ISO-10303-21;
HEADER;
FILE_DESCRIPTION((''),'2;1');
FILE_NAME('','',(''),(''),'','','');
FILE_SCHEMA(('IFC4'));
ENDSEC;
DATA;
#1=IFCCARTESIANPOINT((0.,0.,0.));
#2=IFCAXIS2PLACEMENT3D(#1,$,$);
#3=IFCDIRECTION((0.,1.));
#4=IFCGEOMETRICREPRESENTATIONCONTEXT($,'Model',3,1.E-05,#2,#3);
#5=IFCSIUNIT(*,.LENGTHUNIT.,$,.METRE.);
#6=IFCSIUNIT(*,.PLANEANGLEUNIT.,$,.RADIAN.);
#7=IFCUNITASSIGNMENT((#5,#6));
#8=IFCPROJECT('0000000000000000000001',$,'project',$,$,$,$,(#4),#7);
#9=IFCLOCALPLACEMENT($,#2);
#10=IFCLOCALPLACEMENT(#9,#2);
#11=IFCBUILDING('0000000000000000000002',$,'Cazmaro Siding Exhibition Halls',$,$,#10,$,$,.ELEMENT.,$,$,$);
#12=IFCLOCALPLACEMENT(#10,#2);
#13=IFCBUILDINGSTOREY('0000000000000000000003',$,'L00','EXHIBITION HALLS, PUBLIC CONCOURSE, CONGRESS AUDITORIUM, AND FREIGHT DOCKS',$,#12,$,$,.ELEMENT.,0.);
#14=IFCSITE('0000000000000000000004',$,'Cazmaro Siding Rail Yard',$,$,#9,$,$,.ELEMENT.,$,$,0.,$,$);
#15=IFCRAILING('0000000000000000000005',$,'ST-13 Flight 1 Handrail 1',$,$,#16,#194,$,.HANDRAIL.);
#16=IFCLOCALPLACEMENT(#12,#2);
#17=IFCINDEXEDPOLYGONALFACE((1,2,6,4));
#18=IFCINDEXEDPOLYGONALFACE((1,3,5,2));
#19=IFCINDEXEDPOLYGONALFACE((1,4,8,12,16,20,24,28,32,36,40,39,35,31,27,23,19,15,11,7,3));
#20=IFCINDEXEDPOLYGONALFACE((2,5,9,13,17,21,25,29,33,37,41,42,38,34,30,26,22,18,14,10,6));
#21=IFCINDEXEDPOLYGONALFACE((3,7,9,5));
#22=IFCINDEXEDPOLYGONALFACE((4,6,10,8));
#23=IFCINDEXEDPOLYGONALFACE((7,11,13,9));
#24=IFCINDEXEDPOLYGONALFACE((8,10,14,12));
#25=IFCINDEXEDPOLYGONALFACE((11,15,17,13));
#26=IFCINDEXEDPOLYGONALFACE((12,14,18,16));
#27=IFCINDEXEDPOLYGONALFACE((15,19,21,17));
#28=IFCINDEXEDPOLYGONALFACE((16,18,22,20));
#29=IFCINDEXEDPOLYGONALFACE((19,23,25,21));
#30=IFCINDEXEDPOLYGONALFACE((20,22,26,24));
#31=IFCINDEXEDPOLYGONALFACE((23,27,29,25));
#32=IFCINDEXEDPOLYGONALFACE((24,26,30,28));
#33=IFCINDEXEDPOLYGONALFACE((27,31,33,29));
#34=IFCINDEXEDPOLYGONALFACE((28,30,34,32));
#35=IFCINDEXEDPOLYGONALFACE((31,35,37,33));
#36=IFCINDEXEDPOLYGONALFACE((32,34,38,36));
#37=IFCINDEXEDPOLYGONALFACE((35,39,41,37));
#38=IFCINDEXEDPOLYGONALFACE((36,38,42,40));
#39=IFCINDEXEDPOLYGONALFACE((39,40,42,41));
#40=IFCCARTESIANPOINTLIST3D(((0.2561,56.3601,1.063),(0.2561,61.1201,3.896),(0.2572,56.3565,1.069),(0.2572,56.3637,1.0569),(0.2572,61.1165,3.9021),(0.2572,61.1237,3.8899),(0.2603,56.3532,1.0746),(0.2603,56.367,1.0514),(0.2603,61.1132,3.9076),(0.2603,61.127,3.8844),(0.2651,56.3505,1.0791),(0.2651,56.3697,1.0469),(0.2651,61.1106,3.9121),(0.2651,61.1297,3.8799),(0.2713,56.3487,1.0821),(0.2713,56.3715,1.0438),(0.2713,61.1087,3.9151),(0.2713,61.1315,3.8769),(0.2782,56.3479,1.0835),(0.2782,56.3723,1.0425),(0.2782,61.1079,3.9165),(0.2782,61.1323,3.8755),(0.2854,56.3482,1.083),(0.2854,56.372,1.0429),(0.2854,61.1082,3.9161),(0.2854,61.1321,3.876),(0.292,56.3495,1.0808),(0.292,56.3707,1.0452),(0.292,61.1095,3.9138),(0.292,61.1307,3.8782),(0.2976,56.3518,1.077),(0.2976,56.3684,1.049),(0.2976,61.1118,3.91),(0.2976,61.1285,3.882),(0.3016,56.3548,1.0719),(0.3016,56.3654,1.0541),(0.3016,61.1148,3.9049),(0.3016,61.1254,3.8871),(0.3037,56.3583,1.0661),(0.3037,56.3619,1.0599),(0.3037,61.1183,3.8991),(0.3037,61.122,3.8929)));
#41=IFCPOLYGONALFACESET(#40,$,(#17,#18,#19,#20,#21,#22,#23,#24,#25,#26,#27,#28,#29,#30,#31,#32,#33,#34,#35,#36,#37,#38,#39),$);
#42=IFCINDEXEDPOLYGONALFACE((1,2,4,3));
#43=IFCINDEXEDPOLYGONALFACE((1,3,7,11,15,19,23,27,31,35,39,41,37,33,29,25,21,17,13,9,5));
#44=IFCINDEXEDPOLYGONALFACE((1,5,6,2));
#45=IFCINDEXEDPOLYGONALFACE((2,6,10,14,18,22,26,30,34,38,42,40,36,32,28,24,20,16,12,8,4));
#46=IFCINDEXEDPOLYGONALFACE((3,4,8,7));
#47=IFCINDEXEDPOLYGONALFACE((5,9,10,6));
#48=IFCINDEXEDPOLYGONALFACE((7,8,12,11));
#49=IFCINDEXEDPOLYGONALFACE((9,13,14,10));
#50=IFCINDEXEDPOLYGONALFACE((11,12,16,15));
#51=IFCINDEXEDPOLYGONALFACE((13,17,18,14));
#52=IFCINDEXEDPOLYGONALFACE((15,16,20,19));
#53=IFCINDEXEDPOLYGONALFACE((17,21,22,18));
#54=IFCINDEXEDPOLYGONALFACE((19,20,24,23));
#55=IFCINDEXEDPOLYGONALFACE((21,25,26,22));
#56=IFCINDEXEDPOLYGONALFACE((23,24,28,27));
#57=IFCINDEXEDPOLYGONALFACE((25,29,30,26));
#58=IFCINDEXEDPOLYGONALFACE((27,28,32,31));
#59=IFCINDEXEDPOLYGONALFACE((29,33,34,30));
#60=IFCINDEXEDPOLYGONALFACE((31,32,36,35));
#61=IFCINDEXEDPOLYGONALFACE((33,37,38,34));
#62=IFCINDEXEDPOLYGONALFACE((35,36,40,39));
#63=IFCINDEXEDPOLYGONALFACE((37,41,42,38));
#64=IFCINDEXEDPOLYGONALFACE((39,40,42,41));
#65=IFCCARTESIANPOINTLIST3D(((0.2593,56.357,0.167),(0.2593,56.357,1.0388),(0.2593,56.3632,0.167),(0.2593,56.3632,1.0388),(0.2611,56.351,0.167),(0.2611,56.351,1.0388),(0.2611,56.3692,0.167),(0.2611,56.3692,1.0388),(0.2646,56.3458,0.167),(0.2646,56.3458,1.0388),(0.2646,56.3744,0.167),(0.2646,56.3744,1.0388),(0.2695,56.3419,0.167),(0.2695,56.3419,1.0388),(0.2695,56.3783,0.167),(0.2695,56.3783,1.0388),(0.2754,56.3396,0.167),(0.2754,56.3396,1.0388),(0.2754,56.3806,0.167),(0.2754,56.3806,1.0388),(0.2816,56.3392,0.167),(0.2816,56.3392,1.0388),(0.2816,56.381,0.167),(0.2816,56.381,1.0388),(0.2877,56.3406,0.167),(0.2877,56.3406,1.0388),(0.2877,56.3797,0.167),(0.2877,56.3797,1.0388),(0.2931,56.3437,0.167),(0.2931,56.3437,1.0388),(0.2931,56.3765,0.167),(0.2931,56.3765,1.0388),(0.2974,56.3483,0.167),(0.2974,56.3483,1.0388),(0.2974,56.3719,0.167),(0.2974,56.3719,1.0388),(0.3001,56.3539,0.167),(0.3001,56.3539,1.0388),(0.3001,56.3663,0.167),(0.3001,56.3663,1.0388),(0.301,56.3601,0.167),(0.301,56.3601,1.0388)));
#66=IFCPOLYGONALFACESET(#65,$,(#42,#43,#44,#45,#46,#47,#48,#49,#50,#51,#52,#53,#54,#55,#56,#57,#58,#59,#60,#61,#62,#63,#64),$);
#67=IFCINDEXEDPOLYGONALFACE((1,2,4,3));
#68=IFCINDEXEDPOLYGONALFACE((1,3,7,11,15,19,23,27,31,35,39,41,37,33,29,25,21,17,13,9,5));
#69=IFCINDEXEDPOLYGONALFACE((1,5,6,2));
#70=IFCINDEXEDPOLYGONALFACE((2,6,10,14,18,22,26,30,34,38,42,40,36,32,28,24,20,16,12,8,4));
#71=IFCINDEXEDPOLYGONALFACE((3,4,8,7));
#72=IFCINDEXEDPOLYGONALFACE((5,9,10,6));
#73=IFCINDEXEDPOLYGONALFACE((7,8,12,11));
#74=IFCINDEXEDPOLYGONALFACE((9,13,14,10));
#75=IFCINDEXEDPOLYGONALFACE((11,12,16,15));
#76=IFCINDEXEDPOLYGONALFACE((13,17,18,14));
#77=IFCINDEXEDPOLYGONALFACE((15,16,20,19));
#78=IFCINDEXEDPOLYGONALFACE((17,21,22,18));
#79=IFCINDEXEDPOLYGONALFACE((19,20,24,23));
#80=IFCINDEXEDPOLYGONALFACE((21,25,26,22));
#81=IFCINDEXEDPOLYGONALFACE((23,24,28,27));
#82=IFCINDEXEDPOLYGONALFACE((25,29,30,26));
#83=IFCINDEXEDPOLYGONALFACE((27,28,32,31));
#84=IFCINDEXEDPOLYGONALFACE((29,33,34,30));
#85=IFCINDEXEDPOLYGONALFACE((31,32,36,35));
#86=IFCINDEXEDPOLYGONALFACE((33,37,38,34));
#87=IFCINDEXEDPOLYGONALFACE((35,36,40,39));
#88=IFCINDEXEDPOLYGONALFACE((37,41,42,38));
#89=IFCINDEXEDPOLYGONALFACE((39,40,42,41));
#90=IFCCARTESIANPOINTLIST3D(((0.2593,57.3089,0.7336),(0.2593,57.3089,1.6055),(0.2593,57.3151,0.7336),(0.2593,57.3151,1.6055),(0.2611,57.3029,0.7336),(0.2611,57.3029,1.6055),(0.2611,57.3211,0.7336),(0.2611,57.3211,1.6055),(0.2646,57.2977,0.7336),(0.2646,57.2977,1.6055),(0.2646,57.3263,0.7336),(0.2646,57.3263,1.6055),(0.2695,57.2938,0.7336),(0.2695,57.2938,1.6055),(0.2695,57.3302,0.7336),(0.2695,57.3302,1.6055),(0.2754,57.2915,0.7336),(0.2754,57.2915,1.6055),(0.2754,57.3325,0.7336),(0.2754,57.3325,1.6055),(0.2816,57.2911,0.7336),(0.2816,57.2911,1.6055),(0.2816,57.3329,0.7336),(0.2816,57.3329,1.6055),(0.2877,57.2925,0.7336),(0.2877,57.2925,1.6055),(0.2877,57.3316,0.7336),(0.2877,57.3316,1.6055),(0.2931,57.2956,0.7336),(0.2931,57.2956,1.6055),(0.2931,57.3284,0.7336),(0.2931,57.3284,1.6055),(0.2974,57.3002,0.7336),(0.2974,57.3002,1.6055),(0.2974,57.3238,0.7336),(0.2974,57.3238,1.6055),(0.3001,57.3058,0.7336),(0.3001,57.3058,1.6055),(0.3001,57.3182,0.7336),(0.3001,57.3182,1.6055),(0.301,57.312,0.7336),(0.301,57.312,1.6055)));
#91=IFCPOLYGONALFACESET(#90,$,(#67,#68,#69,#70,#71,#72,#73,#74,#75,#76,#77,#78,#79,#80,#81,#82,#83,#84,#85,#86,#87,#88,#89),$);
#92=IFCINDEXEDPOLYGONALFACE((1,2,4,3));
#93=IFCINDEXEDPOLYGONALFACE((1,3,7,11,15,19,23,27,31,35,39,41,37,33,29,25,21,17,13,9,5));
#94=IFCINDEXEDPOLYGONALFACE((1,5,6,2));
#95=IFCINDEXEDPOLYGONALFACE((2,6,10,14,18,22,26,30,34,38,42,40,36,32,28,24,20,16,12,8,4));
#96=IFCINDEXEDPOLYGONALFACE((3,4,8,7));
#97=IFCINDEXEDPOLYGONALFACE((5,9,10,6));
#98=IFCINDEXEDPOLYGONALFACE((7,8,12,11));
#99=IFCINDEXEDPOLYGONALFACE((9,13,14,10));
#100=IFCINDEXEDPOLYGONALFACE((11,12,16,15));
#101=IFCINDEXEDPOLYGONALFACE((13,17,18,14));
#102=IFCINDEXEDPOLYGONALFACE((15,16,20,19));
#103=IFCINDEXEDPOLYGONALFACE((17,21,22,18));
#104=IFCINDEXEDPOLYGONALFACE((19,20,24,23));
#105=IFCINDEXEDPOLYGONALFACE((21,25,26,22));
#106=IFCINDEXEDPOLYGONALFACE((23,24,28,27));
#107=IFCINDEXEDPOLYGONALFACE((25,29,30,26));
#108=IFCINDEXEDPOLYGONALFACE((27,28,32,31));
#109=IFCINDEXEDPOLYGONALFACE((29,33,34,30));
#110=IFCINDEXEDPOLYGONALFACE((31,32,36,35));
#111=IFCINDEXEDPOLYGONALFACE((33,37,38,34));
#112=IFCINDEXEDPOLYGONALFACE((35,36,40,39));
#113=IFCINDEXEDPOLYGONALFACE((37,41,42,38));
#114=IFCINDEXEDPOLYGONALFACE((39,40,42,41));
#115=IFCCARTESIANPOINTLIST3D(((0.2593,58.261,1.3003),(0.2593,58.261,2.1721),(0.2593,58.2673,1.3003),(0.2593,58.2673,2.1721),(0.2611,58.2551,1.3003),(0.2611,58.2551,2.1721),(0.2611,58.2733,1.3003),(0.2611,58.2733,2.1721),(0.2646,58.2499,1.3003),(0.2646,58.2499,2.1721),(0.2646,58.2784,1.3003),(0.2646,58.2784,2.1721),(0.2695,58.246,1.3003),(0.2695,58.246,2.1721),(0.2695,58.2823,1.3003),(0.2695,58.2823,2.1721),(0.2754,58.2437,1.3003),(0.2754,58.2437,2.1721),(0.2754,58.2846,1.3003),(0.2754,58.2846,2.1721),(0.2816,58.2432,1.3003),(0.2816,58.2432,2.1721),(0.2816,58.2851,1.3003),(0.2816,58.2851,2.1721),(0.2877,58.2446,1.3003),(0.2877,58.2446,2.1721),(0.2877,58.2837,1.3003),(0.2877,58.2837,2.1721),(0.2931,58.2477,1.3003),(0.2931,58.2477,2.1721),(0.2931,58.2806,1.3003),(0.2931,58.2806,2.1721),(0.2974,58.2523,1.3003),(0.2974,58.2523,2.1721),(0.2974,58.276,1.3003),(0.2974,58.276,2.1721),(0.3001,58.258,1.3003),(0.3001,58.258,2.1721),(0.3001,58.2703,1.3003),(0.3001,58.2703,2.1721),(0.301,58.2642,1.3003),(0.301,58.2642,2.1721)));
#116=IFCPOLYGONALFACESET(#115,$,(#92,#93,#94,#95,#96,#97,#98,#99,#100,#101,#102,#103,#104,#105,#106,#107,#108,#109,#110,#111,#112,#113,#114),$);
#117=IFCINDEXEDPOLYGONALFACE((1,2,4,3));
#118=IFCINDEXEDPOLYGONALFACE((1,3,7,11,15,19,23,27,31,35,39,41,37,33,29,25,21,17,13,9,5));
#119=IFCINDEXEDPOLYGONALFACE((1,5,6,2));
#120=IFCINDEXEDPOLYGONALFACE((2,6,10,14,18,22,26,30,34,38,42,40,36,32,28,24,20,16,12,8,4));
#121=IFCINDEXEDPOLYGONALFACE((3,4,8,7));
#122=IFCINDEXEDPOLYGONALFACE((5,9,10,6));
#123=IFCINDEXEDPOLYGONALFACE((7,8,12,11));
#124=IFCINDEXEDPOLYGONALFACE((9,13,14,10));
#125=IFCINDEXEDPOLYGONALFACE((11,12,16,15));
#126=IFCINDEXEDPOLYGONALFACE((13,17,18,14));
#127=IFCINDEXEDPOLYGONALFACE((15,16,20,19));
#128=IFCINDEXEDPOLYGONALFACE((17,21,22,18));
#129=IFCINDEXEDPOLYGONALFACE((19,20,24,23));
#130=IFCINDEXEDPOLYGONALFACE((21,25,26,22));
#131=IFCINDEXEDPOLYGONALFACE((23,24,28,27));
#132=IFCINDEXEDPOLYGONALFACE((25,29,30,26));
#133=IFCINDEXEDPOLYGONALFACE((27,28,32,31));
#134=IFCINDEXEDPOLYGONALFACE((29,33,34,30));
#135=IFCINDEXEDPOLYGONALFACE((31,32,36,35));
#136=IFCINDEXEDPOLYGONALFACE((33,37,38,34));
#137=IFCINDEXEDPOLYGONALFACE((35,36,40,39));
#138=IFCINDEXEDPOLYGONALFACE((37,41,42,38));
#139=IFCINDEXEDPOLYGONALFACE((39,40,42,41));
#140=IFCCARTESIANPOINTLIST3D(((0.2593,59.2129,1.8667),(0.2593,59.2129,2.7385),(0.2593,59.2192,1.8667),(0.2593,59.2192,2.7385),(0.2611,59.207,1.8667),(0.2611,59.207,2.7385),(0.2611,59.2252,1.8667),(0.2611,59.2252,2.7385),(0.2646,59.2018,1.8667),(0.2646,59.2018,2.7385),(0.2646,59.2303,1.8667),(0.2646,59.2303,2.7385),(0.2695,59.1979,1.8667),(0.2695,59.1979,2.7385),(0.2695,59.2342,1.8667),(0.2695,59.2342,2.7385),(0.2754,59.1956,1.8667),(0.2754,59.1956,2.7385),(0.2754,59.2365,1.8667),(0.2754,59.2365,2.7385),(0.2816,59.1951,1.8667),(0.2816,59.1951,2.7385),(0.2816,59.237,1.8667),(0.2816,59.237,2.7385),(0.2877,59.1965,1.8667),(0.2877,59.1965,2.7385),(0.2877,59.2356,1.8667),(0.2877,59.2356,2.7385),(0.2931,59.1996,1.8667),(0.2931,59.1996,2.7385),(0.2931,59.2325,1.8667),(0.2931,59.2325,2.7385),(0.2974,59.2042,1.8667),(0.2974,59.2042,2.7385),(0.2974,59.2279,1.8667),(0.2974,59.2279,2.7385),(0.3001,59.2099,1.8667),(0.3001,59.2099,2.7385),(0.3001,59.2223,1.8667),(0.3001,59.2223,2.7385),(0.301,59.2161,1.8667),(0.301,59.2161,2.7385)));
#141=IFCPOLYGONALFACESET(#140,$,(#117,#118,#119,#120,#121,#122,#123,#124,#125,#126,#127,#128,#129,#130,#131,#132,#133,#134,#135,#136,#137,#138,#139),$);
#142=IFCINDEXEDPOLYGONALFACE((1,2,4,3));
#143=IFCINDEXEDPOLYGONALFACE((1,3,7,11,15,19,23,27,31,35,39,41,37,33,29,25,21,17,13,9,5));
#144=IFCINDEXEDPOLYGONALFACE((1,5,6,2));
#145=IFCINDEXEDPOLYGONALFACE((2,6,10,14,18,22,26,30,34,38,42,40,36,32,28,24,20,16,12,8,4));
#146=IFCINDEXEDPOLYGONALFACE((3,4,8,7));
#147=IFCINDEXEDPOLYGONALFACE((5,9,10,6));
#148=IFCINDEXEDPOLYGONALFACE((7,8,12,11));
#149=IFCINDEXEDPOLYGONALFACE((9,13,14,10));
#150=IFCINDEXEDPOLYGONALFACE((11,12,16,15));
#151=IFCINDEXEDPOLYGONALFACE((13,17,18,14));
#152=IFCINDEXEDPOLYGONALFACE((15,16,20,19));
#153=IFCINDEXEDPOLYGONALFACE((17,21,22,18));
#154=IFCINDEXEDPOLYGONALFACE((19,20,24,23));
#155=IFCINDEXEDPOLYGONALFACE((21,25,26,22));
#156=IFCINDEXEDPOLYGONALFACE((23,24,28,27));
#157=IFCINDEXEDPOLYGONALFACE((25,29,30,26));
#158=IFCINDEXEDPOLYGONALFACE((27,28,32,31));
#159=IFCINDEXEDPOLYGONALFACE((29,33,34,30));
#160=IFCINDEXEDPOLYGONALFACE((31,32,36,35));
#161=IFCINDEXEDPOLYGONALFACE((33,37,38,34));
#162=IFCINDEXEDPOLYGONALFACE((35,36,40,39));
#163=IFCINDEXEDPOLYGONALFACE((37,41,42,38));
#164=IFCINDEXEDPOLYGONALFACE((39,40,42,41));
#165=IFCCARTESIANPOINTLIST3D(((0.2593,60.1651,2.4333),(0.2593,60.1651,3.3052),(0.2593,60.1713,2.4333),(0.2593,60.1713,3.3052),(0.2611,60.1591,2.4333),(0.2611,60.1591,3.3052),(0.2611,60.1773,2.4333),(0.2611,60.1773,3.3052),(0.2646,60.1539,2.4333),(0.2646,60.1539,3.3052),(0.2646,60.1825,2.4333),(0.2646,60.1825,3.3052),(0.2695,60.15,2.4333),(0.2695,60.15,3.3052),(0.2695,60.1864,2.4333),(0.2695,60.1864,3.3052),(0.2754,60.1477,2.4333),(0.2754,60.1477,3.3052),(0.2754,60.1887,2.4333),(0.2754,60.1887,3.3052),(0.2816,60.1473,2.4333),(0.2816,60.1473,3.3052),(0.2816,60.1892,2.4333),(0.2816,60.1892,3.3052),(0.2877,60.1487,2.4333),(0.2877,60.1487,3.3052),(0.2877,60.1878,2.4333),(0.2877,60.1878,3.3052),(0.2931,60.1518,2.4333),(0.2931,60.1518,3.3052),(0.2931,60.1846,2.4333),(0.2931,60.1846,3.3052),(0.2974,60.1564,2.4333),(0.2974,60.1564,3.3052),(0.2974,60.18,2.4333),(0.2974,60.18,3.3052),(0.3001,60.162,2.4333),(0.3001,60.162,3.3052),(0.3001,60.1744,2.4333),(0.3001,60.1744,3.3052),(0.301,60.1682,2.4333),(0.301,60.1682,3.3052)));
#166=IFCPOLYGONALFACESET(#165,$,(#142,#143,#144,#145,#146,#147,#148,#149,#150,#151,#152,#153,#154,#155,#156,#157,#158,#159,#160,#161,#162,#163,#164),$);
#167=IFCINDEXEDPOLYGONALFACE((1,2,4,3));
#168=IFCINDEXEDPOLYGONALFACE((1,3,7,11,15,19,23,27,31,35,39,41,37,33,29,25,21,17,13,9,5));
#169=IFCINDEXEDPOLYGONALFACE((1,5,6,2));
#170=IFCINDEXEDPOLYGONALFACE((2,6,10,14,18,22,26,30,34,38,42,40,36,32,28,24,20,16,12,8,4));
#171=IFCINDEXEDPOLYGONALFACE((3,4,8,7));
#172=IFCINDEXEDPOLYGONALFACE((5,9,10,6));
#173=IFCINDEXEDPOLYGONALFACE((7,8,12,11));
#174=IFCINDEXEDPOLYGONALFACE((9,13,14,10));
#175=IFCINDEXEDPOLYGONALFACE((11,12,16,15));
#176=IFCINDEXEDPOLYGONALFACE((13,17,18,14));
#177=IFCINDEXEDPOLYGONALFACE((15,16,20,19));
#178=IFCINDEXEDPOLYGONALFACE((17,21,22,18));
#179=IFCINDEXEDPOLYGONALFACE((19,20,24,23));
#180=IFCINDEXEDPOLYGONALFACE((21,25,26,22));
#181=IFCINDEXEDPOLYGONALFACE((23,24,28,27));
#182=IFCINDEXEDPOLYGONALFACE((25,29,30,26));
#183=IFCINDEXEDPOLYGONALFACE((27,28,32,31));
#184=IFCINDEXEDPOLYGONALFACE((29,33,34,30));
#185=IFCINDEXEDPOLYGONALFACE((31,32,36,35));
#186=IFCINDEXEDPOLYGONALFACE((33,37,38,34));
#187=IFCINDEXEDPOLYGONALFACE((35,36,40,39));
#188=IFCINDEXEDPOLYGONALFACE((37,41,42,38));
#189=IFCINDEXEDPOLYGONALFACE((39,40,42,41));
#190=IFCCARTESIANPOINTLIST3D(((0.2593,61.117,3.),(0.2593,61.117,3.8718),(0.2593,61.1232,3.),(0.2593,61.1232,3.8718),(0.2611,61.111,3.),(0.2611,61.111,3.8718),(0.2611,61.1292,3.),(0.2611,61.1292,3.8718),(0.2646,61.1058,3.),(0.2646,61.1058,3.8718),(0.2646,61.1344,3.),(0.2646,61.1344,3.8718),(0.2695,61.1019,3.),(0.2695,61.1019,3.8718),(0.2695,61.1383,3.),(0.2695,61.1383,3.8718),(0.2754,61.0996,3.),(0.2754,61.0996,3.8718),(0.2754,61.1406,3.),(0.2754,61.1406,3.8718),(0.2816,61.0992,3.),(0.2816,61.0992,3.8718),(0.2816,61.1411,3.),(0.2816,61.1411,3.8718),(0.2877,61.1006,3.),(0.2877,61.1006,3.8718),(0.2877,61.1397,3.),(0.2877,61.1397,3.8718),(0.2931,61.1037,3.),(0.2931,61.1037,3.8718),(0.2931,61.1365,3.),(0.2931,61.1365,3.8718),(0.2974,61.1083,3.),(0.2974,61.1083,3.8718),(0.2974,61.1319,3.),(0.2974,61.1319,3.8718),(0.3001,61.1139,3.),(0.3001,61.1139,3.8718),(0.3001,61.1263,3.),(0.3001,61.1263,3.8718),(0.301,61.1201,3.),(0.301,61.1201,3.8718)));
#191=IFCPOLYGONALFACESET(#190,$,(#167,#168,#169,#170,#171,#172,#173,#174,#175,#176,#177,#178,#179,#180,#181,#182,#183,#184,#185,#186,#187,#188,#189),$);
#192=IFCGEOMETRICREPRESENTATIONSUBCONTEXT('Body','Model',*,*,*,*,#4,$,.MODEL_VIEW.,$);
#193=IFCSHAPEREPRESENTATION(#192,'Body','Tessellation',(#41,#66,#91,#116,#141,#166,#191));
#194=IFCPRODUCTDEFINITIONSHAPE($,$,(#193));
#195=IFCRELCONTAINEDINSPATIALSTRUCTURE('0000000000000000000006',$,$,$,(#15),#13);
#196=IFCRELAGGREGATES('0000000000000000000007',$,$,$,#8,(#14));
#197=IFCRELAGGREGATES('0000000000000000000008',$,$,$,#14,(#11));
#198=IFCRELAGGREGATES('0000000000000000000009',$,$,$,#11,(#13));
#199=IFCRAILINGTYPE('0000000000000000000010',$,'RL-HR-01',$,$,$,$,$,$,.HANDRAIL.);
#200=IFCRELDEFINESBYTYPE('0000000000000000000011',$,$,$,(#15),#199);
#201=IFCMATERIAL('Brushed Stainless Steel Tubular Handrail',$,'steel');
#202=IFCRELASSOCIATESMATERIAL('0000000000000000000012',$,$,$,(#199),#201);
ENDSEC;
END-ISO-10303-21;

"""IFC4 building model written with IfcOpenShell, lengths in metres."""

from ifc_helpers import new_model, si_unit, direction, frame, origin, origin_2d, place, context, subcontext, project, spatial, circle, extrude, material, type_object, element, save


model = new_model("IFC4")

# Units and contexts
model_context = context("Model", 3, precision=1e-05, world=origin(), true_north=direction((0.0, 1.0)))
body_context = subcontext(model_context, "Body", "Model", "MODEL_VIEW")
ifc_project = project(units=[si_unit("LENGTHUNIT", "METRE"), si_unit("PLANEANGLEUNIT", "RADIAN")], contexts=[model_context])

# Site, building, storey
site_placement = place(None, origin())
site = spatial("IfcSite", under=ifc_project, at=site_placement, Name="Cazmaro Siding Rail Yard", CompositionType="ELEMENT", RefElevation=0.0)
building_placement = place(site_placement, origin())
building = spatial("IfcBuilding", under=site, at=building_placement, Name="Cazmaro Siding Exhibition Halls", CompositionType="ELEMENT")
storey_placement = place(building_placement, origin())
storey = spatial("IfcBuildingStorey", under=building, at=storey_placement, Name="L00", Description="EXHIBITION HALLS, PUBLIC CONCOURSE, CONGRESS AUDITORIUM, AND FREIGHT DOCKS", CompositionType="ELEMENT", Elevation=0.0)

# Railing
ifc_material_1 = material(Name="Brushed Stainless Steel Tubular Handrail", Category="steel")
railing_type_1 = type_object("IfcRailingType", Name="RL-HR-01", PredefinedType="HANDRAIL", material=ifc_material_1)
railing_1_placement = place(storey_placement, frame((0.28, 56.3601, 0.167)))
element("IfcRailing", 1, at=railing_1_placement, inside=storey, type_object=railing_type_1, Name="ST-13 Flight 1 Handrail 1", PredefinedType="HANDRAIL", context=body_context, shape_type="SweptSolid", body=[
    extrude(circle(Radius=0.0239, at=origin_2d()), frame((0.0, 0.0, 0.896), z_axis=(0.0, 0.859319, 0.51144), x_axis=(-1.0, 0.0, 0.0)), (0.0, 0.0, 1.0), 5.5393),
    extrude(circle(Radius=0.021, at=origin_2d()), origin(), (0.0, 0.0, 1.0), 0.8718),
    extrude(circle(Radius=0.021, at=origin_2d()), frame((0.0, 0.9519, 0.5667)), (0.0, 0.0, 1.0), 0.8718),
    extrude(circle(Radius=0.021, at=origin_2d()), frame((0.0, 1.9041, 1.1333)), (0.0, 0.0, 1.0), 0.8718),
    extrude(circle(Radius=0.021, at=origin_2d()), frame((0.0, 2.856, 1.6997)), (0.0, 0.0, 1.0), 0.8718),
    extrude(circle(Radius=0.021, at=origin_2d()), frame((0.0, 3.8081, 2.2664)), (0.0, 0.0, 1.0), 0.8718),
    extrude(circle(Radius=0.021, at=origin_2d()), frame((0.0, 4.76, 2.833)), (0.0, 0.0, 1.0), 0.8718),
])

save(model, "model.ifc")
